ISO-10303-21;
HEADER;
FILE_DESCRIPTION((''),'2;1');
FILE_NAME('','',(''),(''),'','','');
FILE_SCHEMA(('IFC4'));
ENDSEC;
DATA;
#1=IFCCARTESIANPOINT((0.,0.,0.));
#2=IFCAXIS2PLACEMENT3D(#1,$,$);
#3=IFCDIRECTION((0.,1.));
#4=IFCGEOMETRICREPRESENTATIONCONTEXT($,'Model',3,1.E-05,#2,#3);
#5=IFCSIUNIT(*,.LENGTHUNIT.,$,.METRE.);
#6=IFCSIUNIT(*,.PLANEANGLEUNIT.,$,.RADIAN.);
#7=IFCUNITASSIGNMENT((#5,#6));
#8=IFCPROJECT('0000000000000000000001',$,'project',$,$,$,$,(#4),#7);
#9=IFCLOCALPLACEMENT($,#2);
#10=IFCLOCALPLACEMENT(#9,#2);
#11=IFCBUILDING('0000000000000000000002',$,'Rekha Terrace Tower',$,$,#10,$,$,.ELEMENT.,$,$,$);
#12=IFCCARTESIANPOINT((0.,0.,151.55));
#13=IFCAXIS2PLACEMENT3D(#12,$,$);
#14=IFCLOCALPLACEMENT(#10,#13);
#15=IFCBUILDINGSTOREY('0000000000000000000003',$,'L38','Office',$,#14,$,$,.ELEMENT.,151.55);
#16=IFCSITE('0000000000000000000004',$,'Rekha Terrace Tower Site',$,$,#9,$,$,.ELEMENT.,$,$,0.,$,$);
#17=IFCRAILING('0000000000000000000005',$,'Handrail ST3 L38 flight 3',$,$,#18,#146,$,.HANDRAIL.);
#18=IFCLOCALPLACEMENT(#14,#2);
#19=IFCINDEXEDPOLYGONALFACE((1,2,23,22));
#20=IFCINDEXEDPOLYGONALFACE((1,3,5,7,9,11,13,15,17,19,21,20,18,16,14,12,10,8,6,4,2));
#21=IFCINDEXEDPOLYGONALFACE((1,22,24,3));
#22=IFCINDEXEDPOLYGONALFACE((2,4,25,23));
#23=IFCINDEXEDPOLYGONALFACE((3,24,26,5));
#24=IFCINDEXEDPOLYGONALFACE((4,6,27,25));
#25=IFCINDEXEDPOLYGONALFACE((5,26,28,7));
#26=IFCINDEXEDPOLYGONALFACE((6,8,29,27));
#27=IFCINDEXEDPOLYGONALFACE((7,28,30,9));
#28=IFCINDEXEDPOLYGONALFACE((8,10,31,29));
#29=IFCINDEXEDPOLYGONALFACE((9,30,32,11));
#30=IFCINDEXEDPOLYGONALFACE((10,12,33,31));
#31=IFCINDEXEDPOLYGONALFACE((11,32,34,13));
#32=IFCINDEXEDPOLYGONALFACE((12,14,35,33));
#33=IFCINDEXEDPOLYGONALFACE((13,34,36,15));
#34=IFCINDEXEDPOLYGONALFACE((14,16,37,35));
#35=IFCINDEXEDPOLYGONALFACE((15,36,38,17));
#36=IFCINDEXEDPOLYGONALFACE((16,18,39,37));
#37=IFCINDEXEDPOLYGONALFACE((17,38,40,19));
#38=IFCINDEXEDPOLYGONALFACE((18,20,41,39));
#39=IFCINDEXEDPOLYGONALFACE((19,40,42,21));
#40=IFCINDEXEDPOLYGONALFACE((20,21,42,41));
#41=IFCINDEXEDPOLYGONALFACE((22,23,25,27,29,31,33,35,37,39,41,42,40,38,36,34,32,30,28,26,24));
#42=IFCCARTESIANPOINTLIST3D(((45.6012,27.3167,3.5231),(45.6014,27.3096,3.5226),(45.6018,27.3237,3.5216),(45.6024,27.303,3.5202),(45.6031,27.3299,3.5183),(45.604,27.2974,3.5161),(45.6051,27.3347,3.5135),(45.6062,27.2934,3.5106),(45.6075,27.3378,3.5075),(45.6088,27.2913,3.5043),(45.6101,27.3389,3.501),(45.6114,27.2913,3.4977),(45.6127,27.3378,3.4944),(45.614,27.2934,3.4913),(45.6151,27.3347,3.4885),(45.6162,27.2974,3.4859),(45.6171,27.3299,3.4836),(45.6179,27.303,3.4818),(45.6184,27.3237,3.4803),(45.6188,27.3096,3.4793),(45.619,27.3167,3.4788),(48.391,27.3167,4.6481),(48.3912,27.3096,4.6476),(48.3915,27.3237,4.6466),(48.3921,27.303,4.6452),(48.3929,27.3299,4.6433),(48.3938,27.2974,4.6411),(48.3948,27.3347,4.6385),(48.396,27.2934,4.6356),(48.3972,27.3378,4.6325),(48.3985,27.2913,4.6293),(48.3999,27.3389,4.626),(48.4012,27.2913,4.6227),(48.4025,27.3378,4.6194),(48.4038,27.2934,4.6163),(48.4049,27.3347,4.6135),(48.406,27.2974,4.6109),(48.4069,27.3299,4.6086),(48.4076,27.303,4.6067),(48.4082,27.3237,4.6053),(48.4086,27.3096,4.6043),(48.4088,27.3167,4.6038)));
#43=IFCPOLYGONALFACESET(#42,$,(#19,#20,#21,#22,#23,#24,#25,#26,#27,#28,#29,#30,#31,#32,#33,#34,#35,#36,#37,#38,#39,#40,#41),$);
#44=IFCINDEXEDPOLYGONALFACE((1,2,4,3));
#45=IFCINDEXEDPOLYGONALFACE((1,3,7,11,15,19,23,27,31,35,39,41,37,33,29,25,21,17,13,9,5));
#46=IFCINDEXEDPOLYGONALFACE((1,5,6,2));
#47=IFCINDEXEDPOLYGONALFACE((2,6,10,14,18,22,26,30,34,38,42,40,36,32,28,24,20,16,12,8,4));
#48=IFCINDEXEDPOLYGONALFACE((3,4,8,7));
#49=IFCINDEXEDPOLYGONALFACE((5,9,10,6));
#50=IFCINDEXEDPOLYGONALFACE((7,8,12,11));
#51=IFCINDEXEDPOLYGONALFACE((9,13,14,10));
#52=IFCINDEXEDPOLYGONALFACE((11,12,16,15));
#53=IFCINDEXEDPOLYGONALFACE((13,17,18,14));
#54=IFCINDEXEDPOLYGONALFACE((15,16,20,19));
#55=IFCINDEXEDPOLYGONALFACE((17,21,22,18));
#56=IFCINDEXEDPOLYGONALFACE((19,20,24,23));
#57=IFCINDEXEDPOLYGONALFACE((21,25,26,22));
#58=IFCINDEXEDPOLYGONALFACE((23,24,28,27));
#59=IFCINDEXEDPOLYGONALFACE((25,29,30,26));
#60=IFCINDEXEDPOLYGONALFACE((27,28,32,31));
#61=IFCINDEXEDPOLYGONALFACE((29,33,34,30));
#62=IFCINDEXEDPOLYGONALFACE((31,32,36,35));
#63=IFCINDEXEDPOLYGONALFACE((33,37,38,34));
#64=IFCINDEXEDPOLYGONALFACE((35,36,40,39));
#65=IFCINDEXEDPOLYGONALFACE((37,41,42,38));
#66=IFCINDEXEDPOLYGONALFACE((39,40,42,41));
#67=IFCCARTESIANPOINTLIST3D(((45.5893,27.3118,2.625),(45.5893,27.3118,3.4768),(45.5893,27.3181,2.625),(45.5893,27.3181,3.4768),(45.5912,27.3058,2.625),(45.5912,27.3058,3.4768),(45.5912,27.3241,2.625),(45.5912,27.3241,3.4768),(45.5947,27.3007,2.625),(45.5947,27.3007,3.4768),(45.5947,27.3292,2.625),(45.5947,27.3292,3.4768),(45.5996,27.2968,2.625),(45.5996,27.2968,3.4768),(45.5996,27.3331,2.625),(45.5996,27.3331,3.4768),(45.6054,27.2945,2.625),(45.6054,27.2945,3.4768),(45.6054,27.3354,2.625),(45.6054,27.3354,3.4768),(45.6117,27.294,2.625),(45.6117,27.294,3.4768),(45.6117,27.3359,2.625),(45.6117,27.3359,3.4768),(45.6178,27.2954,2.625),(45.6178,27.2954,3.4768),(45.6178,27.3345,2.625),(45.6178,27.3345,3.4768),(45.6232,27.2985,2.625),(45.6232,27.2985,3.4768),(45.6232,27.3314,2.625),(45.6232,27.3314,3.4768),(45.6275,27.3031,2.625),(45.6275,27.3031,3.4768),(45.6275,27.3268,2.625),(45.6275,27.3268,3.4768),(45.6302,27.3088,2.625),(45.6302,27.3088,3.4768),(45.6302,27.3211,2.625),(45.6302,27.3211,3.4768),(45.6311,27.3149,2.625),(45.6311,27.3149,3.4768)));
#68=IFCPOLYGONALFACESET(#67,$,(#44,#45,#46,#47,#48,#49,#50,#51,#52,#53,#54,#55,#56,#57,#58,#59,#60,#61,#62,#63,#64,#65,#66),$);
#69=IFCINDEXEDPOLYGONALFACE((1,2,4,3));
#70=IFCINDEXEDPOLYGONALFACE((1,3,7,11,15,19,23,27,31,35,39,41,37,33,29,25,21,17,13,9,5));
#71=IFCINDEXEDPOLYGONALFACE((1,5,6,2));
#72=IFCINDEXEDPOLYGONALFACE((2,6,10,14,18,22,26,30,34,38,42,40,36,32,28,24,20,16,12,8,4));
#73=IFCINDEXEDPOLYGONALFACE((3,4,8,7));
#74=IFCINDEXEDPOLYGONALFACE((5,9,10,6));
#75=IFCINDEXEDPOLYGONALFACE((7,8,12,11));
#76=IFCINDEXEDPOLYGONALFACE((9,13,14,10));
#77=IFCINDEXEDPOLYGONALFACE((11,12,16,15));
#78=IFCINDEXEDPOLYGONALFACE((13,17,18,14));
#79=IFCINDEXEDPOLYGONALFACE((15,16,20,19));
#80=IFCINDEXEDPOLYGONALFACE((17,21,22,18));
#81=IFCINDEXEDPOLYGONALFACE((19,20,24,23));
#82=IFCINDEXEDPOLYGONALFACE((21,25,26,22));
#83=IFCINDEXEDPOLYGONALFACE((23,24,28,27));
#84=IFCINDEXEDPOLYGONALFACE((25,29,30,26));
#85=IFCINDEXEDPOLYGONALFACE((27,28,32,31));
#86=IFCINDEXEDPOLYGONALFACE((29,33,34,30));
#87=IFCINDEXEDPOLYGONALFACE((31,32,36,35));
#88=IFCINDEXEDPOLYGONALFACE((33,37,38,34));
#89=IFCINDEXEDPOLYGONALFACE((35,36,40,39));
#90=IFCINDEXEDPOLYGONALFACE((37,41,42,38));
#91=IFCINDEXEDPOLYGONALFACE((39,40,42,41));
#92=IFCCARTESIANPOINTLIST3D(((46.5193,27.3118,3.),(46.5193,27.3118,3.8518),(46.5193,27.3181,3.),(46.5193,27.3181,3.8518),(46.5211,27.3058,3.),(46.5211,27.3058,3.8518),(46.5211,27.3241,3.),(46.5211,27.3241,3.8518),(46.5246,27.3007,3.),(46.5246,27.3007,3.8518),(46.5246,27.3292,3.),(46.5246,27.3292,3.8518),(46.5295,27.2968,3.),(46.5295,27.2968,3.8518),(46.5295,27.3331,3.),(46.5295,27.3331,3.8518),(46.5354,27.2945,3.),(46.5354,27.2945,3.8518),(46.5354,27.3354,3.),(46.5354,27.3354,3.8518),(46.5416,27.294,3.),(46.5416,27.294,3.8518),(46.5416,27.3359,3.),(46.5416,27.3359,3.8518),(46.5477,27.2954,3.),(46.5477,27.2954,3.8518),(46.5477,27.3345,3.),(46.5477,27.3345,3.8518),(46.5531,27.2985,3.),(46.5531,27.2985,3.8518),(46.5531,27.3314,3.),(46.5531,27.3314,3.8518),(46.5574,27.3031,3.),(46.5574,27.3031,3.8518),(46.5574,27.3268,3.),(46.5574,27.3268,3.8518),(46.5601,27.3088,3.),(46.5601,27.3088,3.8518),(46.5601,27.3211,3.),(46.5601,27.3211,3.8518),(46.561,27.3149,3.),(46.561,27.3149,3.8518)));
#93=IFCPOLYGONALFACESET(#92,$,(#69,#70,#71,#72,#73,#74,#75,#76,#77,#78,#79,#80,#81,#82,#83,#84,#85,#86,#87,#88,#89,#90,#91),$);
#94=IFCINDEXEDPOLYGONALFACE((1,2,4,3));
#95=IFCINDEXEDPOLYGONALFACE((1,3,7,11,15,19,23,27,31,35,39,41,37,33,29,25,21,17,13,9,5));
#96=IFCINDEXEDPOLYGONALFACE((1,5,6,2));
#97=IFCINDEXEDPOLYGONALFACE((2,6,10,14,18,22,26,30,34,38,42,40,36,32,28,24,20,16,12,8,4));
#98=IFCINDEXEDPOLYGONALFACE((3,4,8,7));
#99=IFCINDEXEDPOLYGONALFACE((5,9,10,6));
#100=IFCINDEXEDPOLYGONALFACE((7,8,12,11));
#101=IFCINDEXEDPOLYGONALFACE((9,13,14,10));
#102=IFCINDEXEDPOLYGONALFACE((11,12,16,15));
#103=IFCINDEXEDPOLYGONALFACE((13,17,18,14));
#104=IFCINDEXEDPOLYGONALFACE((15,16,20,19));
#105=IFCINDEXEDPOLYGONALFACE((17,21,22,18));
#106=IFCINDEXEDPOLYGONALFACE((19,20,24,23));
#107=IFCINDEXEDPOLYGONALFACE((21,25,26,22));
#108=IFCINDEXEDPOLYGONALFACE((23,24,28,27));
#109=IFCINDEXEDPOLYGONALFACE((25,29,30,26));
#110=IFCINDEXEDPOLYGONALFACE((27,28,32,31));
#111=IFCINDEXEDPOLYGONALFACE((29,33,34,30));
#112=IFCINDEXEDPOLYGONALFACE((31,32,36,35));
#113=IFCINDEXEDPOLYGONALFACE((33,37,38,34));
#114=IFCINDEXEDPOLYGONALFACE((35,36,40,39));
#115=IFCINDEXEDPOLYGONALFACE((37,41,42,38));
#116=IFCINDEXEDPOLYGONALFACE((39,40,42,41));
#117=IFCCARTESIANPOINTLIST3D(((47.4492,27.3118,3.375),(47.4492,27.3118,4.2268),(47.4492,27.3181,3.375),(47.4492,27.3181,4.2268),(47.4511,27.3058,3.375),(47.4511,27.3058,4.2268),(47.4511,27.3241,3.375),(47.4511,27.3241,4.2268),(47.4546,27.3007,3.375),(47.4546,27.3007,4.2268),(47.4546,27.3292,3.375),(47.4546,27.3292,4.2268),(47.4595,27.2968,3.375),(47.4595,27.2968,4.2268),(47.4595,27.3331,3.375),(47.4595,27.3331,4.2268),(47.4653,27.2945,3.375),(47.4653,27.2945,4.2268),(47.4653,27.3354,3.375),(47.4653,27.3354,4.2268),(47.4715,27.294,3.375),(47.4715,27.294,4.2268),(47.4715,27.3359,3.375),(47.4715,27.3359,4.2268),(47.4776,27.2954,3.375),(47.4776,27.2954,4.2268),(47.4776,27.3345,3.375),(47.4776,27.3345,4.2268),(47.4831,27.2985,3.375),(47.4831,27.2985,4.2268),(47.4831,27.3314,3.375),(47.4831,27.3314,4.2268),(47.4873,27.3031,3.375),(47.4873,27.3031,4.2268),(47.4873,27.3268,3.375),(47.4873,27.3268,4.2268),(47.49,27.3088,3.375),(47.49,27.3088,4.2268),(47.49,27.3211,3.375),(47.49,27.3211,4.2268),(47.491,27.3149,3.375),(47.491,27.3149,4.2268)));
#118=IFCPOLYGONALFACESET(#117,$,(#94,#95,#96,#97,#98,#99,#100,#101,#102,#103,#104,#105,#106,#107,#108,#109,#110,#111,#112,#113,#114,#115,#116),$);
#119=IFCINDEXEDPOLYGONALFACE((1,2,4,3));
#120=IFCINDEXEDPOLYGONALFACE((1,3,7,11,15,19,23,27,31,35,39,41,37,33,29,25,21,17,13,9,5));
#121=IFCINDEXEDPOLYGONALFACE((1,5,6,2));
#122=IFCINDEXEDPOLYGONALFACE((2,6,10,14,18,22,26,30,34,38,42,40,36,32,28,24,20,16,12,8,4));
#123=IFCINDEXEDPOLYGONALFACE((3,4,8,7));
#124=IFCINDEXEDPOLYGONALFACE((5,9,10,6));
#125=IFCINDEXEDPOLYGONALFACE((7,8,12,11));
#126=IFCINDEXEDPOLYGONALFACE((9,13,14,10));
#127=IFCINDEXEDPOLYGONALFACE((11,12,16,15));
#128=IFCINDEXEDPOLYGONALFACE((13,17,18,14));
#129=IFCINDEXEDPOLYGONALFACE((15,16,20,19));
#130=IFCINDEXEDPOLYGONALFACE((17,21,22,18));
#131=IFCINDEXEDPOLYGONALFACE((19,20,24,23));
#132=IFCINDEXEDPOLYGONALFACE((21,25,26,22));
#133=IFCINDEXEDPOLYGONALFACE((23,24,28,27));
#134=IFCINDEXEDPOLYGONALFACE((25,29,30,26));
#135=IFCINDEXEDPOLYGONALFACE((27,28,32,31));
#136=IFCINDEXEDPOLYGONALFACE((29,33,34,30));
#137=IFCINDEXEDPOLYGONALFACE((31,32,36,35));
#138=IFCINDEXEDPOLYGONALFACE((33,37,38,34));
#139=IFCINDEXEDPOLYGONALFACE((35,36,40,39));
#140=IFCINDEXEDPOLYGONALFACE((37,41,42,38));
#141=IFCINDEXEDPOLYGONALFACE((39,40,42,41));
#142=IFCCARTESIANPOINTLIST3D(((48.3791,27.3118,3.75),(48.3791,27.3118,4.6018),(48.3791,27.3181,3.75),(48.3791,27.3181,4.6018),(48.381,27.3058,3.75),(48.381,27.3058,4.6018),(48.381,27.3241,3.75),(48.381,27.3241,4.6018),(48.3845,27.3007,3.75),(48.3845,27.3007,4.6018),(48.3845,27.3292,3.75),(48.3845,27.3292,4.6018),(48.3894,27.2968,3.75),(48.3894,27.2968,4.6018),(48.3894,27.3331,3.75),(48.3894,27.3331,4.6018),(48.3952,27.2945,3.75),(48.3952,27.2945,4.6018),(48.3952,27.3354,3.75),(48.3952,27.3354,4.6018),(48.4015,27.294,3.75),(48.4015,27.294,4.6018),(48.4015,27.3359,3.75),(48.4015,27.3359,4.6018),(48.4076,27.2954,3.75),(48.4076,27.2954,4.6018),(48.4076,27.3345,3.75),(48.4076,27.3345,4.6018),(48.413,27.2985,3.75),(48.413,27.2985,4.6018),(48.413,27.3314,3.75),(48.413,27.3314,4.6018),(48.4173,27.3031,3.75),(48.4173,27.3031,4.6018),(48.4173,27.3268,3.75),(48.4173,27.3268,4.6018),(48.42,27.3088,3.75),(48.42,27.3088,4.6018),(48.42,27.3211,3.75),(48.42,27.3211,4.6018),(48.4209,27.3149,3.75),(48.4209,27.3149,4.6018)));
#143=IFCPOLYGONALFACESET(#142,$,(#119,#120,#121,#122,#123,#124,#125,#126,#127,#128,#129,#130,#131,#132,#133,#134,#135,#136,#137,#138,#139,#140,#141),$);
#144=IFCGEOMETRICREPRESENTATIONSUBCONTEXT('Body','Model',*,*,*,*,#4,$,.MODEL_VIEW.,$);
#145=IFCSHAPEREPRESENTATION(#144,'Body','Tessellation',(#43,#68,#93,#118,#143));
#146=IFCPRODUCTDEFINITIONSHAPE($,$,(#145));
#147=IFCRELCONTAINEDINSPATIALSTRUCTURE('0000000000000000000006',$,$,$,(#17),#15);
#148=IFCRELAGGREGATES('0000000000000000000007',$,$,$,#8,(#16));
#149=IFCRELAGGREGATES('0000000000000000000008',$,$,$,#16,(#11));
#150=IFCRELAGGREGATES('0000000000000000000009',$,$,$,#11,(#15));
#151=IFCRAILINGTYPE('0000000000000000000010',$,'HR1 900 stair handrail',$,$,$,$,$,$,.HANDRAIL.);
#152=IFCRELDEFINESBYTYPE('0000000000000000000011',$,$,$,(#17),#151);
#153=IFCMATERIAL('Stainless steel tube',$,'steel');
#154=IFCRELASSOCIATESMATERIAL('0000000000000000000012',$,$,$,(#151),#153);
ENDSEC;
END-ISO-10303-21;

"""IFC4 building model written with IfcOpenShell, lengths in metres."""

from ifc_helpers import new_model, si_unit, direction, frame, origin, origin_2d, place, context, subcontext, project, spatial, circle, extrude, material, type_object, element, save


model = new_model("IFC4")

# Units and contexts
model_context = context("Model", 3, precision=1e-05, world=origin(), true_north=direction((0.0, 1.0)))
body_context = subcontext(model_context, "Body", "Model", "MODEL_VIEW")
ifc_project = project(units=[si_unit("LENGTHUNIT", "METRE"), si_unit("PLANEANGLEUNIT", "RADIAN")], contexts=[model_context])

# Site, building, storey
site_placement = place(None, origin())
site = spatial("IfcSite", under=ifc_project, at=site_placement, Name="Rekha Terrace Tower Site", CompositionType="ELEMENT", RefElevation=0.0)
building_placement = place(site_placement, origin())
building = spatial("IfcBuilding", under=site, at=building_placement, Name="Rekha Terrace Tower", CompositionType="ELEMENT")
storey_placement = place(building_placement, frame((0.0, 0.0, 151.55)))
storey = spatial("IfcBuildingStorey", under=building, at=storey_placement, Name="L38", Description="Office", CompositionType="ELEMENT", Elevation=151.55)

# Railing
ifc_material_1 = material(Name="Stainless steel tube", Category="steel")
railing_type_1 = type_object("IfcRailingType", Name="HR1 900 stair handrail", PredefinedType="HANDRAIL", material=ifc_material_1)
railing_1_placement = place(storey_placement, frame((45.6101, 27.3149, 2.625)))
element("IfcRailing", 1, at=railing_1_placement, inside=storey, type_object=railing_type_1, Name="Handrail ST3 L38 flight 3", PredefinedType="HANDRAIL", context=body_context, shape_type="SweptSolid", body=[
    extrude(circle(Radius=0.0239, at=origin_2d()), frame((0.0, 0.0, 0.876), z_axis=(0.927432, 0.0, 0.373992), x_axis=(0.0, 1.0, 0.0)), (0.0, 0.0, 1.0), 3.0081),
    extrude(circle(Radius=0.021, at=origin_2d()), origin(), (0.0, 0.0, 1.0), 0.8518),
    extrude(circle(Radius=0.021, at=origin_2d()), frame((0.9299, 0.0, 0.375)), (0.0, 0.0, 1.0), 0.8518),
    extrude(circle(Radius=0.021, at=origin_2d()), frame((1.8599, 0.0, 0.75)), (0.0, 0.0, 1.0), 0.8518),
    extrude(circle(Radius=0.021, at=origin_2d()), frame((2.7898, 0.0, 1.125)), (0.0, 0.0, 1.0), 0.8518),
])

save(model, "model.ifc")
